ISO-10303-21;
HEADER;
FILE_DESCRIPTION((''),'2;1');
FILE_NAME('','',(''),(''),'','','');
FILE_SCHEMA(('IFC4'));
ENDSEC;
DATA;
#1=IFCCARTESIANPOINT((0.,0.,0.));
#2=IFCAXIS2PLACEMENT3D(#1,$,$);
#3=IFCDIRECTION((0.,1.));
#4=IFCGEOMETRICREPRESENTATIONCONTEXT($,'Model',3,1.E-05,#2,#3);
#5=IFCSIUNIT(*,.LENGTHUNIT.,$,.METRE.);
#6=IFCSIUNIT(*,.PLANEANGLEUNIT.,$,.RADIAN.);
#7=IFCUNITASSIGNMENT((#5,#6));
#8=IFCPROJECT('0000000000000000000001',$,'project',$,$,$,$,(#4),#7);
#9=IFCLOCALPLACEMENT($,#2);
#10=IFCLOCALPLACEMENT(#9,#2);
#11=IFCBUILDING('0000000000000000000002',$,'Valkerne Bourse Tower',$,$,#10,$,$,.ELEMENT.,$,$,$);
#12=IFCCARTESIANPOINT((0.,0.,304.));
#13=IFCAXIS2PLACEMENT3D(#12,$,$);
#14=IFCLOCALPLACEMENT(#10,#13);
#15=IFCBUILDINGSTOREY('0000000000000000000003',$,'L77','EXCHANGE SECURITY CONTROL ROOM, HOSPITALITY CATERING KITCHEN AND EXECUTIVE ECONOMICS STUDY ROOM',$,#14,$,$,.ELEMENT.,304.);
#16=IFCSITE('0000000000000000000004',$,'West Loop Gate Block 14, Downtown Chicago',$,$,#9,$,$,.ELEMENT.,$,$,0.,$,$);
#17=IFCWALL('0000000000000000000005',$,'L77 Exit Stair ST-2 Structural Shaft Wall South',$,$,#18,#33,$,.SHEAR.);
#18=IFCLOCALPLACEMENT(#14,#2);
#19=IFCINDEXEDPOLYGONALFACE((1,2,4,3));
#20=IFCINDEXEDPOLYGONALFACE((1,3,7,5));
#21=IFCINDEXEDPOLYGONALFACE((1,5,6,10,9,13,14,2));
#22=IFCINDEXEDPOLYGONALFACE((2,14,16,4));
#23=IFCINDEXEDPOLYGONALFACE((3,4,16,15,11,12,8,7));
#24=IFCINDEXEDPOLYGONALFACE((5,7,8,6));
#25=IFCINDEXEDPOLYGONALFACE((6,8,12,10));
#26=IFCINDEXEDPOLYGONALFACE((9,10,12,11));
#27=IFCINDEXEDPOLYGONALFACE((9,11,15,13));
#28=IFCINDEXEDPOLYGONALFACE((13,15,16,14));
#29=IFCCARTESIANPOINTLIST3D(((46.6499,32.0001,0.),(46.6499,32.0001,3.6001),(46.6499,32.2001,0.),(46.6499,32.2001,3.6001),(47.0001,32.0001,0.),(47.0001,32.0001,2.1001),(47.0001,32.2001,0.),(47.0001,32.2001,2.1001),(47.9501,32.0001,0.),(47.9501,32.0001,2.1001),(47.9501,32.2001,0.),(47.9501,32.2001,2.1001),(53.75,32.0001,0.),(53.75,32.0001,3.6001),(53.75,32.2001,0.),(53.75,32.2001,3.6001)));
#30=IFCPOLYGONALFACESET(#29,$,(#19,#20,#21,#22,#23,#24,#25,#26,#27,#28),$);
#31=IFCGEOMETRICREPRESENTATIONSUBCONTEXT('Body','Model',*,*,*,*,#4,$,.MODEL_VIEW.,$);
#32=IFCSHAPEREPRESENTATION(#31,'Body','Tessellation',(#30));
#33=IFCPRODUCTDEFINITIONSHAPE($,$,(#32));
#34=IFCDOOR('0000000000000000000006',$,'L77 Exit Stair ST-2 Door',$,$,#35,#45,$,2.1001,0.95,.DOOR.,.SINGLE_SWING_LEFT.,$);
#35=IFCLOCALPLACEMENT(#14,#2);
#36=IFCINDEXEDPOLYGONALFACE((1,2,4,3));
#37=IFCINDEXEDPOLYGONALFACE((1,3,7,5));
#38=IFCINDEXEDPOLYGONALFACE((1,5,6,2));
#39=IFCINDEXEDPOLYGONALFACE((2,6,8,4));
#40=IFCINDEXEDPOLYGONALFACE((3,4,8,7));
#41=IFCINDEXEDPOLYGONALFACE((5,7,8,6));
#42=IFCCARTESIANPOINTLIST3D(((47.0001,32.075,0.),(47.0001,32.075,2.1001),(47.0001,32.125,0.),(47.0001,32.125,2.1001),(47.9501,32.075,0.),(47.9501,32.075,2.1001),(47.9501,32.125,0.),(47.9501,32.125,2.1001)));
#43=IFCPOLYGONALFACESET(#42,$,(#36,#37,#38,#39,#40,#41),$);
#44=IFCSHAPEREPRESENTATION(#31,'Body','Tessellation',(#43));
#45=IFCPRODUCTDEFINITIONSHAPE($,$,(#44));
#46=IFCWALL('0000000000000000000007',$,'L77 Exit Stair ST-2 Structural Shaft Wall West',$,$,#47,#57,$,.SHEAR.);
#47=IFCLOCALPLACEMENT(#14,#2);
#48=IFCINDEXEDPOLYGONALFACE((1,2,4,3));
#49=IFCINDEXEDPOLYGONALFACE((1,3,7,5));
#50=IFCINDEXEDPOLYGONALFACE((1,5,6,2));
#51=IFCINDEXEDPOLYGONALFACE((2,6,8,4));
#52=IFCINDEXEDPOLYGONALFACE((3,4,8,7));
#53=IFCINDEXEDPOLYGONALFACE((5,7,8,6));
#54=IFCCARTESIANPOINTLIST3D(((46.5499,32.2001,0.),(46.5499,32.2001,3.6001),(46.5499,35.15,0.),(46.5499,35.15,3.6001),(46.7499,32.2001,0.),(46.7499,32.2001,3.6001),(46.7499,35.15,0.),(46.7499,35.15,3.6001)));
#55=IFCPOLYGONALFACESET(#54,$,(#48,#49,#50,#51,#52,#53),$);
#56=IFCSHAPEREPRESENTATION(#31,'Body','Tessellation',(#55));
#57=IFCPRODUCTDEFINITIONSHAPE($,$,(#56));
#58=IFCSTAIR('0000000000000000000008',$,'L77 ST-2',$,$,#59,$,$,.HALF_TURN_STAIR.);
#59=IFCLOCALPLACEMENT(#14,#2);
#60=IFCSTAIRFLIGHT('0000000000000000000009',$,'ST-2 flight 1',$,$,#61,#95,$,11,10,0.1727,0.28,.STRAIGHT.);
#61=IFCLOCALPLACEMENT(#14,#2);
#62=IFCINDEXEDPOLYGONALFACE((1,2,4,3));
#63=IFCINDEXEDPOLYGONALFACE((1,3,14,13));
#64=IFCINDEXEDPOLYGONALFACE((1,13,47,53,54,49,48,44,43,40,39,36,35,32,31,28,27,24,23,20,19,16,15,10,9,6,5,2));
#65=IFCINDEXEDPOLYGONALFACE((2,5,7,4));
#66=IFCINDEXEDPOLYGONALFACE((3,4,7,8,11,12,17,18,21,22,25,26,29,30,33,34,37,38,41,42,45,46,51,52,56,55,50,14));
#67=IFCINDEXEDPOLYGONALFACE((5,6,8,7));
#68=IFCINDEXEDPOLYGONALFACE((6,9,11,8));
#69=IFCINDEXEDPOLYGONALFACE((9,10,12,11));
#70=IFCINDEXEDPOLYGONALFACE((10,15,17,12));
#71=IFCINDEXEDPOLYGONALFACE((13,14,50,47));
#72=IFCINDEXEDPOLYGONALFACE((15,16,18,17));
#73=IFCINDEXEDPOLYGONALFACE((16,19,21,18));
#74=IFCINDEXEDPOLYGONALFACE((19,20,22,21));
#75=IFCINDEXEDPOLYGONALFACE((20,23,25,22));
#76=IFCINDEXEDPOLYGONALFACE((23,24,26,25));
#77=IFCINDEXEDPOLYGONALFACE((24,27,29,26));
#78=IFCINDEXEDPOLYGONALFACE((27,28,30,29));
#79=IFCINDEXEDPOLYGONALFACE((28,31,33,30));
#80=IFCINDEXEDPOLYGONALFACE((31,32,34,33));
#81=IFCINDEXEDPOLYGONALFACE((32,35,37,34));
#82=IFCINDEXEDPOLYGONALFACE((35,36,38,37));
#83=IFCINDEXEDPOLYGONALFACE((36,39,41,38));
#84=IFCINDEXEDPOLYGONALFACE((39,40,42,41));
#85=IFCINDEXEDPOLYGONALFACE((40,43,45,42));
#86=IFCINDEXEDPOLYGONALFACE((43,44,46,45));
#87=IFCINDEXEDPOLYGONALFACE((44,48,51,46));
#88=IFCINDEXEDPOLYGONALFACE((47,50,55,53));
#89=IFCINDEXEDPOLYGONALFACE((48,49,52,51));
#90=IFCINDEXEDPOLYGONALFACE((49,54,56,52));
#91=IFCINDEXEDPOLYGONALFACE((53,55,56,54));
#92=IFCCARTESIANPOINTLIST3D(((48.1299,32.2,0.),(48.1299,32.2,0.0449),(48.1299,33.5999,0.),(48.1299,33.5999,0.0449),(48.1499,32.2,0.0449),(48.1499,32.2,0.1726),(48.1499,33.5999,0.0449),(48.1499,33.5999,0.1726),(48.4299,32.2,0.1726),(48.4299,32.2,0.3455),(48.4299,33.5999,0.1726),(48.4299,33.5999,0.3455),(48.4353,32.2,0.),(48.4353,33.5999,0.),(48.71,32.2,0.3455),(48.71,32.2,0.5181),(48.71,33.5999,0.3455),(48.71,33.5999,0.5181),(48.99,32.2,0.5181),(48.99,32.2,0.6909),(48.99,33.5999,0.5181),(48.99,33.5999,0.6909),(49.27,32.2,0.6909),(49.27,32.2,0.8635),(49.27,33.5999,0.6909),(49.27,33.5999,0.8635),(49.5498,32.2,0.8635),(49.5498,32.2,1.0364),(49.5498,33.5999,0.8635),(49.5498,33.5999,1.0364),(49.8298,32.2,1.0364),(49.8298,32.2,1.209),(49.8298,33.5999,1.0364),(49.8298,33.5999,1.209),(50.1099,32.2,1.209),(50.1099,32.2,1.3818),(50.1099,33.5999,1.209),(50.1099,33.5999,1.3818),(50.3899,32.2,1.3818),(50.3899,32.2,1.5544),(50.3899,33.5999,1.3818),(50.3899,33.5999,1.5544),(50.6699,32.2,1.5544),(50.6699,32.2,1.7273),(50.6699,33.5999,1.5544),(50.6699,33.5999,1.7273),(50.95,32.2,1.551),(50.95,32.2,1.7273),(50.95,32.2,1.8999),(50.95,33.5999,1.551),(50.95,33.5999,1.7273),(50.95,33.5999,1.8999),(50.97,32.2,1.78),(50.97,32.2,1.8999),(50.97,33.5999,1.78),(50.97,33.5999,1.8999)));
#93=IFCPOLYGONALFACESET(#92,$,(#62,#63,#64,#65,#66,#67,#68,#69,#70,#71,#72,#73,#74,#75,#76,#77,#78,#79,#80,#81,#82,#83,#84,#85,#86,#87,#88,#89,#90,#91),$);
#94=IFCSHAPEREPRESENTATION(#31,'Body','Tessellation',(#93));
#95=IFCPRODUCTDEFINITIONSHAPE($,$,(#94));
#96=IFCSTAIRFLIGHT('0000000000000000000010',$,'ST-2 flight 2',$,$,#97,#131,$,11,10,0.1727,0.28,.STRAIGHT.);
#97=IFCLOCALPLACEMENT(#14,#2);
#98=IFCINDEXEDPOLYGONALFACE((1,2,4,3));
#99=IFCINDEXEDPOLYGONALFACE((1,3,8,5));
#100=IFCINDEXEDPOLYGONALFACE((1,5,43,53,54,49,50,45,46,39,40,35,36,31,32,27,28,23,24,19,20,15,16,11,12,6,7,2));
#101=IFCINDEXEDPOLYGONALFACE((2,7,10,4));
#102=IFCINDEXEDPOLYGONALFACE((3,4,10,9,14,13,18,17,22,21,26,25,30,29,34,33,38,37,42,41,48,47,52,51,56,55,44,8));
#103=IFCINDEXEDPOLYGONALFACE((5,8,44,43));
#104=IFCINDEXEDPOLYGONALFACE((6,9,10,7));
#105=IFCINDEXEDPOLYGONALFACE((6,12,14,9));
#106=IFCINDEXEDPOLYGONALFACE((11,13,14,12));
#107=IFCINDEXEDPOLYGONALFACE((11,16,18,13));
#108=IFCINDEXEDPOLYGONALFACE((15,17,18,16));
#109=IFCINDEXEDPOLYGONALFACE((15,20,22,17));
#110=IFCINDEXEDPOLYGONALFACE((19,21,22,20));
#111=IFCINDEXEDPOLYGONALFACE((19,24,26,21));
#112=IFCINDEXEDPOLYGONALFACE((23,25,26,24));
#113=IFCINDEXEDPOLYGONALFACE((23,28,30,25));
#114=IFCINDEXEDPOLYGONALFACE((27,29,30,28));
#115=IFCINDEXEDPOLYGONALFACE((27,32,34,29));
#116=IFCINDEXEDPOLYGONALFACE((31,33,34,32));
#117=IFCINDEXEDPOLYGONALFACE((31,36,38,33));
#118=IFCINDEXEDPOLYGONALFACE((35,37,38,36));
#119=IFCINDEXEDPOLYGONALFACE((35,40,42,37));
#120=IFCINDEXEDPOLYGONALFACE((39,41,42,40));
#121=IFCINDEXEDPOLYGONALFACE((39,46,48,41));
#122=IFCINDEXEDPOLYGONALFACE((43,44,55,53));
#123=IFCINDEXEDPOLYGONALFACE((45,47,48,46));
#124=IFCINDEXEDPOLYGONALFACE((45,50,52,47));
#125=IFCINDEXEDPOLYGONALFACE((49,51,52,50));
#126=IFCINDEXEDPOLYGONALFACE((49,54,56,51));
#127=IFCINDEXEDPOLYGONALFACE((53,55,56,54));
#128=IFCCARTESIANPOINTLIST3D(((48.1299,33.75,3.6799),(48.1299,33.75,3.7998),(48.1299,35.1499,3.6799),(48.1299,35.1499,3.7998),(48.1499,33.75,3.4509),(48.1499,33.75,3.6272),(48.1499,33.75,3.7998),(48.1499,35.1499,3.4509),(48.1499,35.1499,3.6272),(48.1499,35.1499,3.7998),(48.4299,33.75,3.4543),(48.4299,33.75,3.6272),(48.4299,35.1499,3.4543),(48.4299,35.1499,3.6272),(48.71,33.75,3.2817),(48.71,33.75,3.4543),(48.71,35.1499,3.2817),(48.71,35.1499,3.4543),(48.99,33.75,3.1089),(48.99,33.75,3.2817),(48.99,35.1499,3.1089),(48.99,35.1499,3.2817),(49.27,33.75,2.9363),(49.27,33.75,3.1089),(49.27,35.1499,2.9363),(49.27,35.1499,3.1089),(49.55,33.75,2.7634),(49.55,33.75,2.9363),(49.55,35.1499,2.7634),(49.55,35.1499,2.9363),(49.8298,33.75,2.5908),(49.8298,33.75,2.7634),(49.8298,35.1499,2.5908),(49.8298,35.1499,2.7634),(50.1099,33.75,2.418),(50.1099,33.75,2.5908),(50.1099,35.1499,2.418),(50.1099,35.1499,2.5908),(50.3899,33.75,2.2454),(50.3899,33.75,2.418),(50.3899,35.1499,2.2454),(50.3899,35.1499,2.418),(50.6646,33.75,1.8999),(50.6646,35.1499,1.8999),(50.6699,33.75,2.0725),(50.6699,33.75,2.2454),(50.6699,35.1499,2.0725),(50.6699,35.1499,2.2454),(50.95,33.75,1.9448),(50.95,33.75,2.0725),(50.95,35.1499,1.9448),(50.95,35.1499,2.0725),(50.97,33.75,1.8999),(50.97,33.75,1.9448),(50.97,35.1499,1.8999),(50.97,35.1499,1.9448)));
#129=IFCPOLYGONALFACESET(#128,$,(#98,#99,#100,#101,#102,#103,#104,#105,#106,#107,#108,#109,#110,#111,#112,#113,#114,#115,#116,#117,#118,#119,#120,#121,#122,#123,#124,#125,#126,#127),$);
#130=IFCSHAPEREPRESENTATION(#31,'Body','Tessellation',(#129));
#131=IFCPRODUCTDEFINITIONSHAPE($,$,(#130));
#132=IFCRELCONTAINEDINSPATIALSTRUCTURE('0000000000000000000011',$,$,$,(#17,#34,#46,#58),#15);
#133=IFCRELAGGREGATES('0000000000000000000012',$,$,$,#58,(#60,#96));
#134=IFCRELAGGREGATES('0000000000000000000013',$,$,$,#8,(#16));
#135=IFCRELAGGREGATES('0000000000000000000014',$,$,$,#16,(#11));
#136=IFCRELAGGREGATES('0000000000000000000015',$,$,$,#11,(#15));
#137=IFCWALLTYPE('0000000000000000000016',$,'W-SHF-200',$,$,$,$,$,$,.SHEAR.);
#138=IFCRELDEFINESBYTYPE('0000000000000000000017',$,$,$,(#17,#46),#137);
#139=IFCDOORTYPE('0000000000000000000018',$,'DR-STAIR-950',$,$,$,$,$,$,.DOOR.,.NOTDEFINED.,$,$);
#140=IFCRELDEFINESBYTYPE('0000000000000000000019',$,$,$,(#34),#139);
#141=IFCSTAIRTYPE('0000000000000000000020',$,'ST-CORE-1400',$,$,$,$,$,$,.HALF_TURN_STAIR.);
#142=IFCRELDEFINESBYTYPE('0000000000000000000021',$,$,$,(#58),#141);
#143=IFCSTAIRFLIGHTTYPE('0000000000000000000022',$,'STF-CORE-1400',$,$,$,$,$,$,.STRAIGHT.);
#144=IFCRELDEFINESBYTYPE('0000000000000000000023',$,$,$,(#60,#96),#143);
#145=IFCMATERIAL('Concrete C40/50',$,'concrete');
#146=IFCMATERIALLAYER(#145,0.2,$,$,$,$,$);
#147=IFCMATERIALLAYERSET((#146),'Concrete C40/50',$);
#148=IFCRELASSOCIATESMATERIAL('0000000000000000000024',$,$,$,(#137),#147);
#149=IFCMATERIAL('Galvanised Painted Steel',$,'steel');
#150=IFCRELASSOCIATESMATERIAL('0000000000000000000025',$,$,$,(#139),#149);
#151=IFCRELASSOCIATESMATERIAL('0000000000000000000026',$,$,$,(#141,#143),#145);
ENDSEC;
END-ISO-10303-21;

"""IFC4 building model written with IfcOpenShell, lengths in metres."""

from ifc_helpers import new_model, si_unit, direction, frame, frame_2d, origin, place, context, subcontext, project, spatial, polyline, rectangle, outline, extrude, material, layer, layer_set, type_object, element, fill, aggregate, save


model = new_model("IFC4")

# Units and contexts
model_context = context("Model", 3, precision=1e-05, world=origin(), true_north=direction((0.0, 1.0)))
body_context = subcontext(model_context, "Body", "Model", "MODEL_VIEW")
ifc_project = project(units=[si_unit("LENGTHUNIT", "METRE"), si_unit("PLANEANGLEUNIT", "RADIAN")], contexts=[model_context])

# Site, building, storey
site_placement = place(None, origin())
site = spatial("IfcSite", under=ifc_project, at=site_placement, Name="West Loop Gate Block 14, Downtown Chicago", CompositionType="ELEMENT", RefElevation=0.0)
building_placement = place(site_placement, origin())
building = spatial("IfcBuilding", under=site, at=building_placement, Name="Valkerne Bourse Tower", CompositionType="ELEMENT")
storey_placement = place(building_placement, frame((0.0, 0.0, 304.0)))
storey = spatial("IfcBuildingStorey", under=building, at=storey_placement, Name="L77", Description="EXCHANGE SECURITY CONTROL ROOM, HOSPITALITY CATERING KITCHEN AND EXECUTIVE ECONOMICS STUDY ROOM", CompositionType="ELEMENT", Elevation=304.0)

# Shared definitions
ifc_material_1 = material(Name="Galvanised Painted Steel", Category="steel")

# Wall, opening, door
ifc_material_2 = material(Name="Concrete C40/50", Category="concrete")
ifc_layer_1 = layer(ifc_material_2, 0.2)
ifc_layer_set_1 = layer_set([ifc_layer_1], Name="Concrete C40/50")
wall_type_1 = type_object("IfcWallType", Name="W-SHF-200", PredefinedType="SHEAR", material=ifc_layer_set_1)
wall_1_placement = place(storey_placement, frame((46.6499, 32.1001, 0.0), z_axis=(0.0, 0.0, 1.0), x_axis=(1.0, 0.0, 0.0)))
wall_1 = element("IfcWall", 1, at=wall_1_placement, inside=storey, type_object=wall_type_1, Name="L77 Exit Stair ST-2 Structural Shaft Wall South", PredefinedType="SHEAR", context=body_context, shape_type="SweptSolid", body=[
    extrude(rectangle(XDim=7.1001, YDim=0.2, at=frame_2d((3.55, 0.0))), origin(), (0.0, 0.0, 1.0), 3.6001),
])
opening_1_placement = place(wall_1_placement, frame((0.3501, 0.0, 0.0)))
opening_1 = element("IfcOpeningElement", 2, at=opening_1_placement, cuts=wall_1, PredefinedType="OPENING", context=body_context, shape_type="SweptSolid", body=[
    extrude(rectangle(XDim=0.95, YDim=2.1001, at=frame_2d((0.4751, 1.05))), frame((0.0, 0.1099, 0.0), z_axis=(0.0, -1.0, 0.0), x_axis=(1.0, 0.0, 0.0)), (0.0, 0.0, 1.0), 0.22),
])
door_type_1 = type_object("IfcDoorType", Name="DR-STAIR-950", OperationType="NOTDEFINED", PredefinedType="DOOR", material=ifc_material_1)
door_1_placement = place(opening_1_placement, origin())
door_1 = element("IfcDoor", 3, at=door_1_placement, inside=storey, type_object=door_type_1, Name="L77 Exit Stair ST-2 Door", OperationType="SINGLE_SWING_LEFT", OverallHeight=2.1001, OverallWidth=0.95, PredefinedType="DOOR", context=body_context, shape_type="SweptSolid", body=[
    extrude(rectangle(XDim=0.95, YDim=2.1001, at=frame_2d((0.4751, 1.05))), frame((0.0, 0.0249, 0.0), z_axis=(0.0, -1.0, 0.0), x_axis=(1.0, 0.0, 0.0)), (0.0, 0.0, 1.0), 0.05),
])
fill(opening_1, door_1)

# Wall
wall_2_placement = place(storey_placement, frame((46.6499, 32.2, 0.0), z_axis=(0.0, 0.0, 1.0), x_axis=(0.0, 1.0, 0.0)))
element("IfcWall", 4, at=wall_2_placement, inside=storey, type_object=wall_type_1, Name="L77 Exit Stair ST-2 Structural Shaft Wall West", PredefinedType="SHEAR", context=body_context, shape_type="SweptSolid", body=[
    extrude(rectangle(XDim=2.95, YDim=0.2, at=frame_2d((1.4751, 0.0))), origin(), (0.0, 0.0, 1.0), 3.6001),
])

# Stair, stair flights
stair_type = type_object("IfcStairType", Name="ST-CORE-1400", PredefinedType="HALF_TURN_STAIR", material=ifc_material_2)
stair_placement = place(storey_placement, origin())
stair = element("IfcStair", 5, at=stair_placement, inside=storey, type_object=stair_type, Name="L77 ST-2", PredefinedType="HALF_TURN_STAIR")
stair_flight_type = type_object("IfcStairFlightType", Name="STF-CORE-1400", PredefinedType="STRAIGHT", material=ifc_material_2)
stair_flight_1_placement = place(storey_placement, frame((48.1499, 32.8999, 0.0), z_axis=(0.0, 0.0, 1.0), x_axis=(1.0, 0.0, 0.0)))
stair_flight_1 = element("IfcStairFlight", 6, at=stair_flight_1_placement, type_object=stair_flight_type, Name="ST-2 flight 1", NumberOfRisers=11, NumberOfTreads=10, PredefinedType="STRAIGHT", RiserHeight=0.1727, TreadLength=0.28, context=body_context, shape_type="SweptSolid", body=[
    extrude(outline(polyline([(-0.02, 0.0), (-0.02, 0.0449), (0.0, 0.0449), (0.0, 0.1726), (0.28, 0.1726), (0.28, 0.3455), (0.5601, 0.3455), (0.5601, 0.5181), (0.8401, 0.5181), (0.8401, 0.6909), (1.1201, 0.6909), (1.1201, 0.8635), (1.3999, 0.8635), (1.3999, 1.0364), (1.6799, 1.0364), (1.6799, 1.209), (1.96, 1.209), (1.96, 1.3818), (2.24, 1.3818), (2.24, 1.5544), (2.52, 1.5544), (2.52, 1.7273), (2.8, 1.7273), (2.8, 1.8999), (2.8201, 1.8999), (2.8201, 1.78), (2.8, 1.551), (0.2854, 0.0), (-0.02, 0.0)])), frame((0.0, 0.7, 0.0), z_axis=(0.0, -1.0, 0.0), x_axis=(1.0, 0.0, 0.0)), (0.0, 0.0, 1.0), 1.3999),
])
stair_flight_2_placement = place(storey_placement, frame((50.95, 34.45, 1.8999), z_axis=(0.0, 0.0, 1.0), x_axis=(-1.0, 0.0, 0.0)))
stair_flight_2 = element("IfcStairFlight", 7, at=stair_flight_2_placement, type_object=stair_flight_type, Name="ST-2 flight 2", NumberOfRisers=11, NumberOfTreads=10, PredefinedType="STRAIGHT", RiserHeight=0.1727, TreadLength=0.28, context=body_context, shape_type="SweptSolid", body=[
    extrude(outline(polyline([(-0.02, 0.0), (-0.02, 0.0449), (0.0, 0.0449), (0.0, 0.1726), (0.28, 0.1726), (0.28, 0.3455), (0.5601, 0.3455), (0.5601, 0.5181), (0.8401, 0.5181), (0.8401, 0.6909), (1.1201, 0.6909), (1.1201, 0.8635), (1.3999, 0.8635), (1.3999, 1.0364), (1.6799, 1.0364), (1.6799, 1.209), (1.96, 1.209), (1.96, 1.3818), (2.24, 1.3818), (2.24, 1.5544), (2.52, 1.5544), (2.52, 1.7273), (2.8, 1.7273), (2.8, 1.8999), (2.8201, 1.8999), (2.8201, 1.78), (2.8, 1.551), (0.2854, 0.0), (-0.02, 0.0)])), frame((0.0, 0.7, 0.0), z_axis=(0.0, -1.0, 0.0), x_axis=(1.0, 0.0, 0.0)), (0.0, 0.0, 1.0), 1.3999),
])
aggregate(stair, [stair_flight_1, stair_flight_2])

save(model, "model.ifc")
